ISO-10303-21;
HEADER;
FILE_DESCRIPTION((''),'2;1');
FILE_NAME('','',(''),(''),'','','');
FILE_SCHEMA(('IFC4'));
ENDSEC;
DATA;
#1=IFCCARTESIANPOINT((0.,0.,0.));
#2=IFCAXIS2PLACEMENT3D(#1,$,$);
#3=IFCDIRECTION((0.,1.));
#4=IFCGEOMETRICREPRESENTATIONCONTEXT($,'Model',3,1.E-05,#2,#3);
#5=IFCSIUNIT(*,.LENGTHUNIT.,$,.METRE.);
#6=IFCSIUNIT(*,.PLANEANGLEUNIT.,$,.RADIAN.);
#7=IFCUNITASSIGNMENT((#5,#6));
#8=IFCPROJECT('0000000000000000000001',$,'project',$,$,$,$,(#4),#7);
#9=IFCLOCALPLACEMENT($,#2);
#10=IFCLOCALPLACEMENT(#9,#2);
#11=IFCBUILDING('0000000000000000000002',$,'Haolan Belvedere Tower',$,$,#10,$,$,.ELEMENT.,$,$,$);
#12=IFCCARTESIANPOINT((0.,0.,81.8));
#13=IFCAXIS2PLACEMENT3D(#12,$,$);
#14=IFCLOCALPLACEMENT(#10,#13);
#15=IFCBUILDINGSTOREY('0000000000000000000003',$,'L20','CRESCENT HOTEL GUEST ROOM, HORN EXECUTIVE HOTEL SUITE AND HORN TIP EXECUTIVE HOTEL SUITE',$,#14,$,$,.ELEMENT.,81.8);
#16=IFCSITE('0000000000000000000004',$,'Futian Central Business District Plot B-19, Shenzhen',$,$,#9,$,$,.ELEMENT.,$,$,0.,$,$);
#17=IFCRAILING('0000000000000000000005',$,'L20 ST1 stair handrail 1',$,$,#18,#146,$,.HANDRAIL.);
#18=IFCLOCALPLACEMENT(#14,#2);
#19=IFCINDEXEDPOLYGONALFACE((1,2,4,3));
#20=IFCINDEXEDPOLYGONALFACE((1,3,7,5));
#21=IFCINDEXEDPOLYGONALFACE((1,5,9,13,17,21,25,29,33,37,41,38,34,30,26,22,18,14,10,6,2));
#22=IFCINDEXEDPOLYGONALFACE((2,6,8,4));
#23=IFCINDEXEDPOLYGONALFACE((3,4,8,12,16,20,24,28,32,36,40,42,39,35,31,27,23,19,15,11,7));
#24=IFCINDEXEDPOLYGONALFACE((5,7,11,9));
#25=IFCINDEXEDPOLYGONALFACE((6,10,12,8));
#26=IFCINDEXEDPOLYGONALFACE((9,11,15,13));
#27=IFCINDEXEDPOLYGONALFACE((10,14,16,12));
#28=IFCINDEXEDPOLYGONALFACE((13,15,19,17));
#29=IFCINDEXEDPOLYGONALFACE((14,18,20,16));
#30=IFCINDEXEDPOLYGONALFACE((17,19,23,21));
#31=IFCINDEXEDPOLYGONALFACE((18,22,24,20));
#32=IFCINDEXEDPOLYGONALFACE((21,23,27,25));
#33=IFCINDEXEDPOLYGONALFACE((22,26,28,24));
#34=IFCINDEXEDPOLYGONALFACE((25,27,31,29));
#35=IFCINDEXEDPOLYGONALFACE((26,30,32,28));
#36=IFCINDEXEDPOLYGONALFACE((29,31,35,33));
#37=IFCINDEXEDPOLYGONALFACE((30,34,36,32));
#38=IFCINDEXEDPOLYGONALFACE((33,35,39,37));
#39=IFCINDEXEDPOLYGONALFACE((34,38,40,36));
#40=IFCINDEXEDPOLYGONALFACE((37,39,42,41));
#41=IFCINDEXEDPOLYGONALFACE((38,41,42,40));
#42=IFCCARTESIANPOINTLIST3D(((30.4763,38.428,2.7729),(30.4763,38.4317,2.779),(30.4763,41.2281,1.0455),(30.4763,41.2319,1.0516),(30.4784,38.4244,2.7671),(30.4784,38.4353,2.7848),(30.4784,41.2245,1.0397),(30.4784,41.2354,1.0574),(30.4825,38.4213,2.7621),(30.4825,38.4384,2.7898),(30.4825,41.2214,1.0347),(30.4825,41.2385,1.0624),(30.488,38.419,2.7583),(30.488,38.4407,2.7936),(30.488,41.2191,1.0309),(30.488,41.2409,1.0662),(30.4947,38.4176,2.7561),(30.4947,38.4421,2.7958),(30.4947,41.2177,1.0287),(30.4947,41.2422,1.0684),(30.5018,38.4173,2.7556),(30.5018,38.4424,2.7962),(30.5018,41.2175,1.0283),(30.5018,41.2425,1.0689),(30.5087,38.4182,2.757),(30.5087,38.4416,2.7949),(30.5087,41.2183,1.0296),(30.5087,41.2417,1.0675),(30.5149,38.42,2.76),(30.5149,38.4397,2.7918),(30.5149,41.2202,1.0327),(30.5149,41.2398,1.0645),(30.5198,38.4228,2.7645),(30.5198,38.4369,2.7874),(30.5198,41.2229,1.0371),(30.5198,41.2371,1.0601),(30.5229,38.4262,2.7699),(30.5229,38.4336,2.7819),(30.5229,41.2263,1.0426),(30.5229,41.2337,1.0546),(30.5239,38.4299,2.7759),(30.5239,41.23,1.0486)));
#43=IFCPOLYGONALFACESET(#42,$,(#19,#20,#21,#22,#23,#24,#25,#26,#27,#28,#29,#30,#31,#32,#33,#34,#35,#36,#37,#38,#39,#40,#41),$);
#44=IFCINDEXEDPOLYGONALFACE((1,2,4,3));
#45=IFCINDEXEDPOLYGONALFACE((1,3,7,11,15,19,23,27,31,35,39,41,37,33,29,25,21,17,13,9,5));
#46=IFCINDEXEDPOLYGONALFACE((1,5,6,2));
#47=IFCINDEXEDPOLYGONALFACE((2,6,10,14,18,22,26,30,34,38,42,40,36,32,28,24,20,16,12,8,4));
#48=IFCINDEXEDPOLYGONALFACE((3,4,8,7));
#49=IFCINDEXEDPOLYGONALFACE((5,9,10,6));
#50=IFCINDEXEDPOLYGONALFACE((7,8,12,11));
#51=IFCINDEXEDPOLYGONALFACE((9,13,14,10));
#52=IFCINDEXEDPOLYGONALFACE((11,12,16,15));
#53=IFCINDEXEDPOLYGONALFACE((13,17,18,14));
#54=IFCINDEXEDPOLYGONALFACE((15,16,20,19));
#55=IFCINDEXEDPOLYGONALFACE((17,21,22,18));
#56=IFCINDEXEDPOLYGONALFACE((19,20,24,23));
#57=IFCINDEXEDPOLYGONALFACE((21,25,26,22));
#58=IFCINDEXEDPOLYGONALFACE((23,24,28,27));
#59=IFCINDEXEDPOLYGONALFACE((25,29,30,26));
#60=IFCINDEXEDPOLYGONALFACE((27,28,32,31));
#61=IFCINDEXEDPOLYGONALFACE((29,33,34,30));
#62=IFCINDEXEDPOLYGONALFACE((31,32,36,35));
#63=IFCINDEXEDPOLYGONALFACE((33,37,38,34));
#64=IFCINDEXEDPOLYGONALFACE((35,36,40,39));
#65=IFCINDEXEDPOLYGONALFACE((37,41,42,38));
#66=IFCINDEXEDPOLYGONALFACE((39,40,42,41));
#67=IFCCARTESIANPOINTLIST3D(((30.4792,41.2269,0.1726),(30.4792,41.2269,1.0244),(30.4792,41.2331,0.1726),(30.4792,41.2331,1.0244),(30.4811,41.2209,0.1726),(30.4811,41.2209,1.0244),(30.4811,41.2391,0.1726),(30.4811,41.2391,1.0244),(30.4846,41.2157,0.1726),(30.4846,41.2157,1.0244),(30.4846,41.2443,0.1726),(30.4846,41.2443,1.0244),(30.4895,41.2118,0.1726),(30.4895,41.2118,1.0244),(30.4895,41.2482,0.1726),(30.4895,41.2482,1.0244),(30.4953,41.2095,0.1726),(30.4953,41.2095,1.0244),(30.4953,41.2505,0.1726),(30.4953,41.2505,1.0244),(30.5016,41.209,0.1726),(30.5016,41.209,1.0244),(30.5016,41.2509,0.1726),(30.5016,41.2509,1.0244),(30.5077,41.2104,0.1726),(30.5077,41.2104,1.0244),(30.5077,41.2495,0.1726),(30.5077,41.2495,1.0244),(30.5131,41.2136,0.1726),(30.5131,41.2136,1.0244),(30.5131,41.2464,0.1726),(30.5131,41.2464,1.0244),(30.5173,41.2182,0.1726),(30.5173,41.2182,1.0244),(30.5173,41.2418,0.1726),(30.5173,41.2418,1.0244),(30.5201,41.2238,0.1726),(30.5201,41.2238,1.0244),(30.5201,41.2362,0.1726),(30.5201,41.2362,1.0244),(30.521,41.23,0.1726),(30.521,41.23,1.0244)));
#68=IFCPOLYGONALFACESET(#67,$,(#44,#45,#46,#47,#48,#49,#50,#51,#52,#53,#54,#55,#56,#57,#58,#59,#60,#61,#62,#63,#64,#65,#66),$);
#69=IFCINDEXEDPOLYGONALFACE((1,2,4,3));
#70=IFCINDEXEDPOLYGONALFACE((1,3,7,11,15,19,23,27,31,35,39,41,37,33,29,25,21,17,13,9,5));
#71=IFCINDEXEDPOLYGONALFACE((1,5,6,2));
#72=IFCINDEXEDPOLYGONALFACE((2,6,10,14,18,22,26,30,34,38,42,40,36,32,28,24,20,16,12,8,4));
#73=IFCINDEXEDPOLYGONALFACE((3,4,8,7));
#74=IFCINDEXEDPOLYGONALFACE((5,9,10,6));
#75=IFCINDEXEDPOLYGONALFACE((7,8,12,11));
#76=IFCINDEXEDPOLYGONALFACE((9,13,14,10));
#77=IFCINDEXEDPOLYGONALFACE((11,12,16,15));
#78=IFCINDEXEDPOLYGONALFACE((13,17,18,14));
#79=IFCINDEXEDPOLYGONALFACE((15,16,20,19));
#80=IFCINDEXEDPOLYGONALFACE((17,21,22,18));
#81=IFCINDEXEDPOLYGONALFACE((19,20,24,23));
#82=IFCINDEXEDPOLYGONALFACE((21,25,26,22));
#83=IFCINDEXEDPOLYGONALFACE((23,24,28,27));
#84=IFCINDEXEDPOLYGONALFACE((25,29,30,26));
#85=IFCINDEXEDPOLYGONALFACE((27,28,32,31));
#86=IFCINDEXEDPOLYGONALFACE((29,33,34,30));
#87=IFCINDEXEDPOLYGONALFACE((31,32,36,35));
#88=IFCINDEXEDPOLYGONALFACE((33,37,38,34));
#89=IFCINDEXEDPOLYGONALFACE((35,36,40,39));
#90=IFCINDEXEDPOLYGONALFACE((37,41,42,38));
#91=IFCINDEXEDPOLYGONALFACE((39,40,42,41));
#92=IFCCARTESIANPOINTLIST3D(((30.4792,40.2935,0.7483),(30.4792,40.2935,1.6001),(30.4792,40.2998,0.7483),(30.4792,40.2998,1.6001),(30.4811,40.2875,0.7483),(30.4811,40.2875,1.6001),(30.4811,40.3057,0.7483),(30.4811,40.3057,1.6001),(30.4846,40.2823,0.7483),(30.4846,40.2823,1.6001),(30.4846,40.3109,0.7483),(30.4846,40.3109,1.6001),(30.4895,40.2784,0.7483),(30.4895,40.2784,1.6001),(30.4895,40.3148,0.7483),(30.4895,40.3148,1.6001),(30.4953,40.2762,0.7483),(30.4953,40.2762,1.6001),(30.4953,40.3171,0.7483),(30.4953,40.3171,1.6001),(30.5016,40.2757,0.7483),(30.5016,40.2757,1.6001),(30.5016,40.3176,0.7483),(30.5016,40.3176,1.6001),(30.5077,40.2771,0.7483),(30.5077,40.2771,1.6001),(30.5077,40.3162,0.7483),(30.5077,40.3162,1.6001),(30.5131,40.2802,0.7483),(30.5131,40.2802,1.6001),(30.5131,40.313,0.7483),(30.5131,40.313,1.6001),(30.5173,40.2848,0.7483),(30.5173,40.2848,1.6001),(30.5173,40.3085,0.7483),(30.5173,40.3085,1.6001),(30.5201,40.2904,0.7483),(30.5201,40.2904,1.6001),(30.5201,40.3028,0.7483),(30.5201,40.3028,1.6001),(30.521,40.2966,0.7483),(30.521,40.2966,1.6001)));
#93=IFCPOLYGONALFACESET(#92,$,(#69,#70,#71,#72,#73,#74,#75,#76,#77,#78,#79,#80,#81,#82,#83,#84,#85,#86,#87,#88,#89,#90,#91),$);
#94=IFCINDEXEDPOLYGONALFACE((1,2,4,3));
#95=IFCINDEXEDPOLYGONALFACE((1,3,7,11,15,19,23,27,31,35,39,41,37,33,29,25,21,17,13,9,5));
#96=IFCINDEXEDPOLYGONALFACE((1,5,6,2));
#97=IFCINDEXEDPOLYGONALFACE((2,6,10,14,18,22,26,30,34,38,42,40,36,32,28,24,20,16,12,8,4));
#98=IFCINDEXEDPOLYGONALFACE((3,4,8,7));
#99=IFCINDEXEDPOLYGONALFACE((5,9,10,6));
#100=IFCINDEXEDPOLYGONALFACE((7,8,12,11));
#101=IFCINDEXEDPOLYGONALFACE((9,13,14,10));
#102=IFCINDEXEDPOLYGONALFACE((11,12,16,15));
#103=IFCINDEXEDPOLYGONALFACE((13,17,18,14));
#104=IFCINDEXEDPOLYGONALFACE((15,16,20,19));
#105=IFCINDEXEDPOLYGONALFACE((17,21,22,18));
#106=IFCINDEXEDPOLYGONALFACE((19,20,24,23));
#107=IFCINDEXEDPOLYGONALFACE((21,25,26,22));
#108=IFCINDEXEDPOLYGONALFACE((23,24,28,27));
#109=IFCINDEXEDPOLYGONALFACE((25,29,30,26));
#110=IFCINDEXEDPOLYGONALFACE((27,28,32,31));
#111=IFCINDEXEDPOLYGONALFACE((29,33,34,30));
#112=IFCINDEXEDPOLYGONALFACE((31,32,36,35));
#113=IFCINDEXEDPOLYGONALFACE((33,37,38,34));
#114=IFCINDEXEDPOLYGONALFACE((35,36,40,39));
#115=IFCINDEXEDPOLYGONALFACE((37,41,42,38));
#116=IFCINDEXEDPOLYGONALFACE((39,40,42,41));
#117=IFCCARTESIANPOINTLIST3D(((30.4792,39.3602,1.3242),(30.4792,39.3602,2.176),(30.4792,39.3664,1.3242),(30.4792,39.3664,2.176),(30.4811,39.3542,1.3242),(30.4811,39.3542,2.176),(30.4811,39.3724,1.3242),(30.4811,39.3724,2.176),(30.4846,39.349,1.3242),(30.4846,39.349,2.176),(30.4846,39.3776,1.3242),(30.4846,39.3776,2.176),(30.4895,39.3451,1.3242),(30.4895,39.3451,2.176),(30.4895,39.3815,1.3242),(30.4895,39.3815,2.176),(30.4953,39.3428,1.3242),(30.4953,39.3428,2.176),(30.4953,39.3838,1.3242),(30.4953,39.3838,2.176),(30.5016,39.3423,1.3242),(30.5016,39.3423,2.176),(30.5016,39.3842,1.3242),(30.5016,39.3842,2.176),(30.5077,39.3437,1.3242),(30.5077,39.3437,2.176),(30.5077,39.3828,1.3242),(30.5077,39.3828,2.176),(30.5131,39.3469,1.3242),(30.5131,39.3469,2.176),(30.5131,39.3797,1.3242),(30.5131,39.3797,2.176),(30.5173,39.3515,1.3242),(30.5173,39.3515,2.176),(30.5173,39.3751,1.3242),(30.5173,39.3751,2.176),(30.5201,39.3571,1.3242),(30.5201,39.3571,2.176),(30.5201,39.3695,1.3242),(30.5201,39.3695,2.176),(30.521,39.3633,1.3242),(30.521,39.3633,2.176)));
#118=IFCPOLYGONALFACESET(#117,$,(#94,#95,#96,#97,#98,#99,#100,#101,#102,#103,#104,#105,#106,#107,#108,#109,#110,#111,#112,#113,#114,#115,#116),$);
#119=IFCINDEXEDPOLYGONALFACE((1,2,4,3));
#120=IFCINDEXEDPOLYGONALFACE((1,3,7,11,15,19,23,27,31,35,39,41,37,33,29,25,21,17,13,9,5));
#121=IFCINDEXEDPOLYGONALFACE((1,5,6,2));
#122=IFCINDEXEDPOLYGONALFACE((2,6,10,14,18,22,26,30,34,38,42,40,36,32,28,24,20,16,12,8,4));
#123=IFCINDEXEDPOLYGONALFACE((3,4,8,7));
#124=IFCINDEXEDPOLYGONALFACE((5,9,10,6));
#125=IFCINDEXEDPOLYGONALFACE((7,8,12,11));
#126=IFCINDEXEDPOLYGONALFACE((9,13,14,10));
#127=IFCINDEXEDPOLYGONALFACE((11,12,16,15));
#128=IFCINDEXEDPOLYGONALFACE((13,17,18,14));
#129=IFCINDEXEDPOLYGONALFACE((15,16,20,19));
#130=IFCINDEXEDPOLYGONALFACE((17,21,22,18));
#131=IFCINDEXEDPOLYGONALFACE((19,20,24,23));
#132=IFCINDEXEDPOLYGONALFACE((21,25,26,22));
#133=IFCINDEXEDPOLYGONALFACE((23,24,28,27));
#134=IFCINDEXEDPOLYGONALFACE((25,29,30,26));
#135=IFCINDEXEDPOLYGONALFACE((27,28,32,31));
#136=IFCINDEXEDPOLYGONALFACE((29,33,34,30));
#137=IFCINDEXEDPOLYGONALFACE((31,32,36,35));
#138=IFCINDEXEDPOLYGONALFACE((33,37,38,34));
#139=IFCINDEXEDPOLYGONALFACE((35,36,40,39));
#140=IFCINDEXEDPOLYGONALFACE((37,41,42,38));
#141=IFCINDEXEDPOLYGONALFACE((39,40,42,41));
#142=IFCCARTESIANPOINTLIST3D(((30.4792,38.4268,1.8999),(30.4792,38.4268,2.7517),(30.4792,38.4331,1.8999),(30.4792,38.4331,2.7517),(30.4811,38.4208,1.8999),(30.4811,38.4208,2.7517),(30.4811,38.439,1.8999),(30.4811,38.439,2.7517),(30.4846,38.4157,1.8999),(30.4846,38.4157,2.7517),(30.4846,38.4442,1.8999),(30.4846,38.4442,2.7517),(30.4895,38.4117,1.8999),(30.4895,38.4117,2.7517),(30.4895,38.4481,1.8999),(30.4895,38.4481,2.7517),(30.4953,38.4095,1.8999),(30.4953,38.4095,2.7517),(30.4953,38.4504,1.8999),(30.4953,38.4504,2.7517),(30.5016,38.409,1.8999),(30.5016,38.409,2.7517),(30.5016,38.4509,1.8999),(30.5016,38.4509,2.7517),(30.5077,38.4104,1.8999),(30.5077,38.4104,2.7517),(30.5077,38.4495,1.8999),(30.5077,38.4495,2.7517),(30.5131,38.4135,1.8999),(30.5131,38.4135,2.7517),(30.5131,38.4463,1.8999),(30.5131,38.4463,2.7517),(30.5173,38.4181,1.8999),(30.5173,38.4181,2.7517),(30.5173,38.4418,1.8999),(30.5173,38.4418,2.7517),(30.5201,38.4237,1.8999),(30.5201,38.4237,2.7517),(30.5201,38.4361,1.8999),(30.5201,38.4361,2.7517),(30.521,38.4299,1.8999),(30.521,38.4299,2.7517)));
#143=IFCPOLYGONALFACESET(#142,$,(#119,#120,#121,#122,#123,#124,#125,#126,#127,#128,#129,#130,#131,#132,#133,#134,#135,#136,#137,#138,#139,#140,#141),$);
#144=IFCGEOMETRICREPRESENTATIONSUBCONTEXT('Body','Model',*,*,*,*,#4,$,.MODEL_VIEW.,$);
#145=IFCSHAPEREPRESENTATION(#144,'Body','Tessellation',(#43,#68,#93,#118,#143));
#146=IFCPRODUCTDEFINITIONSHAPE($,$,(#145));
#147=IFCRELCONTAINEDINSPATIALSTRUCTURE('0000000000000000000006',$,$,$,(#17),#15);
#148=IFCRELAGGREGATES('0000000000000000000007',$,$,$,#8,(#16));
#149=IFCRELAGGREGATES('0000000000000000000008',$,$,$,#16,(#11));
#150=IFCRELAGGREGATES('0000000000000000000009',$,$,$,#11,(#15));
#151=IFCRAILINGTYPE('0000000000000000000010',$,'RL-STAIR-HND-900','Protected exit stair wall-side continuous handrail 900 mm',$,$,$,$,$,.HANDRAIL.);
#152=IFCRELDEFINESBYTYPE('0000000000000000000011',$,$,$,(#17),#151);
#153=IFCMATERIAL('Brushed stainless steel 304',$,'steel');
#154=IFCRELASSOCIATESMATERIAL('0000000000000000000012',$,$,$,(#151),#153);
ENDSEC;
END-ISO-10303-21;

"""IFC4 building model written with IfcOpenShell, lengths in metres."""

from ifc_helpers import new_model, si_unit, direction, frame, origin, origin_2d, place, context, subcontext, project, spatial, circle, extrude, material, type_object, element, save


model = new_model("IFC4")

# Units and contexts
model_context = context("Model", 3, precision=1e-05, world=origin(), true_north=direction((0.0, 1.0)))
body_context = subcontext(model_context, "Body", "Model", "MODEL_VIEW")
ifc_project = project(units=[si_unit("LENGTHUNIT", "METRE"), si_unit("PLANEANGLEUNIT", "RADIAN")], contexts=[model_context])

# Site, building, storey
site_placement = place(None, origin())
site = spatial("IfcSite", under=ifc_project, at=site_placement, Name="Futian Central Business District Plot B-19, Shenzhen", CompositionType="ELEMENT", RefElevation=0.0)
building_placement = place(site_placement, origin())
building = spatial("IfcBuilding", under=site, at=building_placement, Name="Haolan Belvedere Tower", CompositionType="ELEMENT")
storey_placement = place(building_placement, frame((0.0, 0.0, 81.8)))
storey = spatial("IfcBuildingStorey", under=building, at=storey_placement, Name="L20", Description="CRESCENT HOTEL GUEST ROOM, HORN EXECUTIVE HOTEL SUITE AND HORN TIP EXECUTIVE HOTEL SUITE", CompositionType="ELEMENT", Elevation=81.8)

# Railing
ifc_material_1 = material(Name="Brushed stainless steel 304", Category="steel")
railing_type_1 = type_object("IfcRailingType", Name="RL-STAIR-HND-900", Description="Protected exit stair wall-side continuous handrail 900 mm", PredefinedType="HANDRAIL", material=ifc_material_1)
railing_1_placement = place(storey_placement, frame((30.5, 41.23, 0.1726)))
element("IfcRailing", 1, at=railing_1_placement, inside=storey, type_object=railing_type_1, Name="L20 ST1 stair handrail 1", PredefinedType="HANDRAIL", context=body_context, shape_type="SweptSolid", body=[
    extrude(circle(Radius=0.0239, at=origin_2d()), frame((0.0, 0.0, 0.876), z_axis=(0.0, -0.85109, 0.52502), x_axis=(1.0, 0.0, 0.0)), (0.0, 0.0, 1.0), 3.29),
    extrude(circle(Radius=0.021, at=origin_2d()), origin(), (0.0, 0.0, 1.0), 0.8518),
    extrude(circle(Radius=0.021, at=origin_2d()), frame((0.0, -0.9333, 0.5757)), (0.0, 0.0, 1.0), 0.8518),
    extrude(circle(Radius=0.021, at=origin_2d()), frame((0.0, -1.8667, 1.1516)), (0.0, 0.0, 1.0), 0.8518),
    extrude(circle(Radius=0.021, at=origin_2d()), frame((0.0, -2.8, 1.7273)), (0.0, 0.0, 1.0), 0.8518),
])

save(model, "model.ifc")
